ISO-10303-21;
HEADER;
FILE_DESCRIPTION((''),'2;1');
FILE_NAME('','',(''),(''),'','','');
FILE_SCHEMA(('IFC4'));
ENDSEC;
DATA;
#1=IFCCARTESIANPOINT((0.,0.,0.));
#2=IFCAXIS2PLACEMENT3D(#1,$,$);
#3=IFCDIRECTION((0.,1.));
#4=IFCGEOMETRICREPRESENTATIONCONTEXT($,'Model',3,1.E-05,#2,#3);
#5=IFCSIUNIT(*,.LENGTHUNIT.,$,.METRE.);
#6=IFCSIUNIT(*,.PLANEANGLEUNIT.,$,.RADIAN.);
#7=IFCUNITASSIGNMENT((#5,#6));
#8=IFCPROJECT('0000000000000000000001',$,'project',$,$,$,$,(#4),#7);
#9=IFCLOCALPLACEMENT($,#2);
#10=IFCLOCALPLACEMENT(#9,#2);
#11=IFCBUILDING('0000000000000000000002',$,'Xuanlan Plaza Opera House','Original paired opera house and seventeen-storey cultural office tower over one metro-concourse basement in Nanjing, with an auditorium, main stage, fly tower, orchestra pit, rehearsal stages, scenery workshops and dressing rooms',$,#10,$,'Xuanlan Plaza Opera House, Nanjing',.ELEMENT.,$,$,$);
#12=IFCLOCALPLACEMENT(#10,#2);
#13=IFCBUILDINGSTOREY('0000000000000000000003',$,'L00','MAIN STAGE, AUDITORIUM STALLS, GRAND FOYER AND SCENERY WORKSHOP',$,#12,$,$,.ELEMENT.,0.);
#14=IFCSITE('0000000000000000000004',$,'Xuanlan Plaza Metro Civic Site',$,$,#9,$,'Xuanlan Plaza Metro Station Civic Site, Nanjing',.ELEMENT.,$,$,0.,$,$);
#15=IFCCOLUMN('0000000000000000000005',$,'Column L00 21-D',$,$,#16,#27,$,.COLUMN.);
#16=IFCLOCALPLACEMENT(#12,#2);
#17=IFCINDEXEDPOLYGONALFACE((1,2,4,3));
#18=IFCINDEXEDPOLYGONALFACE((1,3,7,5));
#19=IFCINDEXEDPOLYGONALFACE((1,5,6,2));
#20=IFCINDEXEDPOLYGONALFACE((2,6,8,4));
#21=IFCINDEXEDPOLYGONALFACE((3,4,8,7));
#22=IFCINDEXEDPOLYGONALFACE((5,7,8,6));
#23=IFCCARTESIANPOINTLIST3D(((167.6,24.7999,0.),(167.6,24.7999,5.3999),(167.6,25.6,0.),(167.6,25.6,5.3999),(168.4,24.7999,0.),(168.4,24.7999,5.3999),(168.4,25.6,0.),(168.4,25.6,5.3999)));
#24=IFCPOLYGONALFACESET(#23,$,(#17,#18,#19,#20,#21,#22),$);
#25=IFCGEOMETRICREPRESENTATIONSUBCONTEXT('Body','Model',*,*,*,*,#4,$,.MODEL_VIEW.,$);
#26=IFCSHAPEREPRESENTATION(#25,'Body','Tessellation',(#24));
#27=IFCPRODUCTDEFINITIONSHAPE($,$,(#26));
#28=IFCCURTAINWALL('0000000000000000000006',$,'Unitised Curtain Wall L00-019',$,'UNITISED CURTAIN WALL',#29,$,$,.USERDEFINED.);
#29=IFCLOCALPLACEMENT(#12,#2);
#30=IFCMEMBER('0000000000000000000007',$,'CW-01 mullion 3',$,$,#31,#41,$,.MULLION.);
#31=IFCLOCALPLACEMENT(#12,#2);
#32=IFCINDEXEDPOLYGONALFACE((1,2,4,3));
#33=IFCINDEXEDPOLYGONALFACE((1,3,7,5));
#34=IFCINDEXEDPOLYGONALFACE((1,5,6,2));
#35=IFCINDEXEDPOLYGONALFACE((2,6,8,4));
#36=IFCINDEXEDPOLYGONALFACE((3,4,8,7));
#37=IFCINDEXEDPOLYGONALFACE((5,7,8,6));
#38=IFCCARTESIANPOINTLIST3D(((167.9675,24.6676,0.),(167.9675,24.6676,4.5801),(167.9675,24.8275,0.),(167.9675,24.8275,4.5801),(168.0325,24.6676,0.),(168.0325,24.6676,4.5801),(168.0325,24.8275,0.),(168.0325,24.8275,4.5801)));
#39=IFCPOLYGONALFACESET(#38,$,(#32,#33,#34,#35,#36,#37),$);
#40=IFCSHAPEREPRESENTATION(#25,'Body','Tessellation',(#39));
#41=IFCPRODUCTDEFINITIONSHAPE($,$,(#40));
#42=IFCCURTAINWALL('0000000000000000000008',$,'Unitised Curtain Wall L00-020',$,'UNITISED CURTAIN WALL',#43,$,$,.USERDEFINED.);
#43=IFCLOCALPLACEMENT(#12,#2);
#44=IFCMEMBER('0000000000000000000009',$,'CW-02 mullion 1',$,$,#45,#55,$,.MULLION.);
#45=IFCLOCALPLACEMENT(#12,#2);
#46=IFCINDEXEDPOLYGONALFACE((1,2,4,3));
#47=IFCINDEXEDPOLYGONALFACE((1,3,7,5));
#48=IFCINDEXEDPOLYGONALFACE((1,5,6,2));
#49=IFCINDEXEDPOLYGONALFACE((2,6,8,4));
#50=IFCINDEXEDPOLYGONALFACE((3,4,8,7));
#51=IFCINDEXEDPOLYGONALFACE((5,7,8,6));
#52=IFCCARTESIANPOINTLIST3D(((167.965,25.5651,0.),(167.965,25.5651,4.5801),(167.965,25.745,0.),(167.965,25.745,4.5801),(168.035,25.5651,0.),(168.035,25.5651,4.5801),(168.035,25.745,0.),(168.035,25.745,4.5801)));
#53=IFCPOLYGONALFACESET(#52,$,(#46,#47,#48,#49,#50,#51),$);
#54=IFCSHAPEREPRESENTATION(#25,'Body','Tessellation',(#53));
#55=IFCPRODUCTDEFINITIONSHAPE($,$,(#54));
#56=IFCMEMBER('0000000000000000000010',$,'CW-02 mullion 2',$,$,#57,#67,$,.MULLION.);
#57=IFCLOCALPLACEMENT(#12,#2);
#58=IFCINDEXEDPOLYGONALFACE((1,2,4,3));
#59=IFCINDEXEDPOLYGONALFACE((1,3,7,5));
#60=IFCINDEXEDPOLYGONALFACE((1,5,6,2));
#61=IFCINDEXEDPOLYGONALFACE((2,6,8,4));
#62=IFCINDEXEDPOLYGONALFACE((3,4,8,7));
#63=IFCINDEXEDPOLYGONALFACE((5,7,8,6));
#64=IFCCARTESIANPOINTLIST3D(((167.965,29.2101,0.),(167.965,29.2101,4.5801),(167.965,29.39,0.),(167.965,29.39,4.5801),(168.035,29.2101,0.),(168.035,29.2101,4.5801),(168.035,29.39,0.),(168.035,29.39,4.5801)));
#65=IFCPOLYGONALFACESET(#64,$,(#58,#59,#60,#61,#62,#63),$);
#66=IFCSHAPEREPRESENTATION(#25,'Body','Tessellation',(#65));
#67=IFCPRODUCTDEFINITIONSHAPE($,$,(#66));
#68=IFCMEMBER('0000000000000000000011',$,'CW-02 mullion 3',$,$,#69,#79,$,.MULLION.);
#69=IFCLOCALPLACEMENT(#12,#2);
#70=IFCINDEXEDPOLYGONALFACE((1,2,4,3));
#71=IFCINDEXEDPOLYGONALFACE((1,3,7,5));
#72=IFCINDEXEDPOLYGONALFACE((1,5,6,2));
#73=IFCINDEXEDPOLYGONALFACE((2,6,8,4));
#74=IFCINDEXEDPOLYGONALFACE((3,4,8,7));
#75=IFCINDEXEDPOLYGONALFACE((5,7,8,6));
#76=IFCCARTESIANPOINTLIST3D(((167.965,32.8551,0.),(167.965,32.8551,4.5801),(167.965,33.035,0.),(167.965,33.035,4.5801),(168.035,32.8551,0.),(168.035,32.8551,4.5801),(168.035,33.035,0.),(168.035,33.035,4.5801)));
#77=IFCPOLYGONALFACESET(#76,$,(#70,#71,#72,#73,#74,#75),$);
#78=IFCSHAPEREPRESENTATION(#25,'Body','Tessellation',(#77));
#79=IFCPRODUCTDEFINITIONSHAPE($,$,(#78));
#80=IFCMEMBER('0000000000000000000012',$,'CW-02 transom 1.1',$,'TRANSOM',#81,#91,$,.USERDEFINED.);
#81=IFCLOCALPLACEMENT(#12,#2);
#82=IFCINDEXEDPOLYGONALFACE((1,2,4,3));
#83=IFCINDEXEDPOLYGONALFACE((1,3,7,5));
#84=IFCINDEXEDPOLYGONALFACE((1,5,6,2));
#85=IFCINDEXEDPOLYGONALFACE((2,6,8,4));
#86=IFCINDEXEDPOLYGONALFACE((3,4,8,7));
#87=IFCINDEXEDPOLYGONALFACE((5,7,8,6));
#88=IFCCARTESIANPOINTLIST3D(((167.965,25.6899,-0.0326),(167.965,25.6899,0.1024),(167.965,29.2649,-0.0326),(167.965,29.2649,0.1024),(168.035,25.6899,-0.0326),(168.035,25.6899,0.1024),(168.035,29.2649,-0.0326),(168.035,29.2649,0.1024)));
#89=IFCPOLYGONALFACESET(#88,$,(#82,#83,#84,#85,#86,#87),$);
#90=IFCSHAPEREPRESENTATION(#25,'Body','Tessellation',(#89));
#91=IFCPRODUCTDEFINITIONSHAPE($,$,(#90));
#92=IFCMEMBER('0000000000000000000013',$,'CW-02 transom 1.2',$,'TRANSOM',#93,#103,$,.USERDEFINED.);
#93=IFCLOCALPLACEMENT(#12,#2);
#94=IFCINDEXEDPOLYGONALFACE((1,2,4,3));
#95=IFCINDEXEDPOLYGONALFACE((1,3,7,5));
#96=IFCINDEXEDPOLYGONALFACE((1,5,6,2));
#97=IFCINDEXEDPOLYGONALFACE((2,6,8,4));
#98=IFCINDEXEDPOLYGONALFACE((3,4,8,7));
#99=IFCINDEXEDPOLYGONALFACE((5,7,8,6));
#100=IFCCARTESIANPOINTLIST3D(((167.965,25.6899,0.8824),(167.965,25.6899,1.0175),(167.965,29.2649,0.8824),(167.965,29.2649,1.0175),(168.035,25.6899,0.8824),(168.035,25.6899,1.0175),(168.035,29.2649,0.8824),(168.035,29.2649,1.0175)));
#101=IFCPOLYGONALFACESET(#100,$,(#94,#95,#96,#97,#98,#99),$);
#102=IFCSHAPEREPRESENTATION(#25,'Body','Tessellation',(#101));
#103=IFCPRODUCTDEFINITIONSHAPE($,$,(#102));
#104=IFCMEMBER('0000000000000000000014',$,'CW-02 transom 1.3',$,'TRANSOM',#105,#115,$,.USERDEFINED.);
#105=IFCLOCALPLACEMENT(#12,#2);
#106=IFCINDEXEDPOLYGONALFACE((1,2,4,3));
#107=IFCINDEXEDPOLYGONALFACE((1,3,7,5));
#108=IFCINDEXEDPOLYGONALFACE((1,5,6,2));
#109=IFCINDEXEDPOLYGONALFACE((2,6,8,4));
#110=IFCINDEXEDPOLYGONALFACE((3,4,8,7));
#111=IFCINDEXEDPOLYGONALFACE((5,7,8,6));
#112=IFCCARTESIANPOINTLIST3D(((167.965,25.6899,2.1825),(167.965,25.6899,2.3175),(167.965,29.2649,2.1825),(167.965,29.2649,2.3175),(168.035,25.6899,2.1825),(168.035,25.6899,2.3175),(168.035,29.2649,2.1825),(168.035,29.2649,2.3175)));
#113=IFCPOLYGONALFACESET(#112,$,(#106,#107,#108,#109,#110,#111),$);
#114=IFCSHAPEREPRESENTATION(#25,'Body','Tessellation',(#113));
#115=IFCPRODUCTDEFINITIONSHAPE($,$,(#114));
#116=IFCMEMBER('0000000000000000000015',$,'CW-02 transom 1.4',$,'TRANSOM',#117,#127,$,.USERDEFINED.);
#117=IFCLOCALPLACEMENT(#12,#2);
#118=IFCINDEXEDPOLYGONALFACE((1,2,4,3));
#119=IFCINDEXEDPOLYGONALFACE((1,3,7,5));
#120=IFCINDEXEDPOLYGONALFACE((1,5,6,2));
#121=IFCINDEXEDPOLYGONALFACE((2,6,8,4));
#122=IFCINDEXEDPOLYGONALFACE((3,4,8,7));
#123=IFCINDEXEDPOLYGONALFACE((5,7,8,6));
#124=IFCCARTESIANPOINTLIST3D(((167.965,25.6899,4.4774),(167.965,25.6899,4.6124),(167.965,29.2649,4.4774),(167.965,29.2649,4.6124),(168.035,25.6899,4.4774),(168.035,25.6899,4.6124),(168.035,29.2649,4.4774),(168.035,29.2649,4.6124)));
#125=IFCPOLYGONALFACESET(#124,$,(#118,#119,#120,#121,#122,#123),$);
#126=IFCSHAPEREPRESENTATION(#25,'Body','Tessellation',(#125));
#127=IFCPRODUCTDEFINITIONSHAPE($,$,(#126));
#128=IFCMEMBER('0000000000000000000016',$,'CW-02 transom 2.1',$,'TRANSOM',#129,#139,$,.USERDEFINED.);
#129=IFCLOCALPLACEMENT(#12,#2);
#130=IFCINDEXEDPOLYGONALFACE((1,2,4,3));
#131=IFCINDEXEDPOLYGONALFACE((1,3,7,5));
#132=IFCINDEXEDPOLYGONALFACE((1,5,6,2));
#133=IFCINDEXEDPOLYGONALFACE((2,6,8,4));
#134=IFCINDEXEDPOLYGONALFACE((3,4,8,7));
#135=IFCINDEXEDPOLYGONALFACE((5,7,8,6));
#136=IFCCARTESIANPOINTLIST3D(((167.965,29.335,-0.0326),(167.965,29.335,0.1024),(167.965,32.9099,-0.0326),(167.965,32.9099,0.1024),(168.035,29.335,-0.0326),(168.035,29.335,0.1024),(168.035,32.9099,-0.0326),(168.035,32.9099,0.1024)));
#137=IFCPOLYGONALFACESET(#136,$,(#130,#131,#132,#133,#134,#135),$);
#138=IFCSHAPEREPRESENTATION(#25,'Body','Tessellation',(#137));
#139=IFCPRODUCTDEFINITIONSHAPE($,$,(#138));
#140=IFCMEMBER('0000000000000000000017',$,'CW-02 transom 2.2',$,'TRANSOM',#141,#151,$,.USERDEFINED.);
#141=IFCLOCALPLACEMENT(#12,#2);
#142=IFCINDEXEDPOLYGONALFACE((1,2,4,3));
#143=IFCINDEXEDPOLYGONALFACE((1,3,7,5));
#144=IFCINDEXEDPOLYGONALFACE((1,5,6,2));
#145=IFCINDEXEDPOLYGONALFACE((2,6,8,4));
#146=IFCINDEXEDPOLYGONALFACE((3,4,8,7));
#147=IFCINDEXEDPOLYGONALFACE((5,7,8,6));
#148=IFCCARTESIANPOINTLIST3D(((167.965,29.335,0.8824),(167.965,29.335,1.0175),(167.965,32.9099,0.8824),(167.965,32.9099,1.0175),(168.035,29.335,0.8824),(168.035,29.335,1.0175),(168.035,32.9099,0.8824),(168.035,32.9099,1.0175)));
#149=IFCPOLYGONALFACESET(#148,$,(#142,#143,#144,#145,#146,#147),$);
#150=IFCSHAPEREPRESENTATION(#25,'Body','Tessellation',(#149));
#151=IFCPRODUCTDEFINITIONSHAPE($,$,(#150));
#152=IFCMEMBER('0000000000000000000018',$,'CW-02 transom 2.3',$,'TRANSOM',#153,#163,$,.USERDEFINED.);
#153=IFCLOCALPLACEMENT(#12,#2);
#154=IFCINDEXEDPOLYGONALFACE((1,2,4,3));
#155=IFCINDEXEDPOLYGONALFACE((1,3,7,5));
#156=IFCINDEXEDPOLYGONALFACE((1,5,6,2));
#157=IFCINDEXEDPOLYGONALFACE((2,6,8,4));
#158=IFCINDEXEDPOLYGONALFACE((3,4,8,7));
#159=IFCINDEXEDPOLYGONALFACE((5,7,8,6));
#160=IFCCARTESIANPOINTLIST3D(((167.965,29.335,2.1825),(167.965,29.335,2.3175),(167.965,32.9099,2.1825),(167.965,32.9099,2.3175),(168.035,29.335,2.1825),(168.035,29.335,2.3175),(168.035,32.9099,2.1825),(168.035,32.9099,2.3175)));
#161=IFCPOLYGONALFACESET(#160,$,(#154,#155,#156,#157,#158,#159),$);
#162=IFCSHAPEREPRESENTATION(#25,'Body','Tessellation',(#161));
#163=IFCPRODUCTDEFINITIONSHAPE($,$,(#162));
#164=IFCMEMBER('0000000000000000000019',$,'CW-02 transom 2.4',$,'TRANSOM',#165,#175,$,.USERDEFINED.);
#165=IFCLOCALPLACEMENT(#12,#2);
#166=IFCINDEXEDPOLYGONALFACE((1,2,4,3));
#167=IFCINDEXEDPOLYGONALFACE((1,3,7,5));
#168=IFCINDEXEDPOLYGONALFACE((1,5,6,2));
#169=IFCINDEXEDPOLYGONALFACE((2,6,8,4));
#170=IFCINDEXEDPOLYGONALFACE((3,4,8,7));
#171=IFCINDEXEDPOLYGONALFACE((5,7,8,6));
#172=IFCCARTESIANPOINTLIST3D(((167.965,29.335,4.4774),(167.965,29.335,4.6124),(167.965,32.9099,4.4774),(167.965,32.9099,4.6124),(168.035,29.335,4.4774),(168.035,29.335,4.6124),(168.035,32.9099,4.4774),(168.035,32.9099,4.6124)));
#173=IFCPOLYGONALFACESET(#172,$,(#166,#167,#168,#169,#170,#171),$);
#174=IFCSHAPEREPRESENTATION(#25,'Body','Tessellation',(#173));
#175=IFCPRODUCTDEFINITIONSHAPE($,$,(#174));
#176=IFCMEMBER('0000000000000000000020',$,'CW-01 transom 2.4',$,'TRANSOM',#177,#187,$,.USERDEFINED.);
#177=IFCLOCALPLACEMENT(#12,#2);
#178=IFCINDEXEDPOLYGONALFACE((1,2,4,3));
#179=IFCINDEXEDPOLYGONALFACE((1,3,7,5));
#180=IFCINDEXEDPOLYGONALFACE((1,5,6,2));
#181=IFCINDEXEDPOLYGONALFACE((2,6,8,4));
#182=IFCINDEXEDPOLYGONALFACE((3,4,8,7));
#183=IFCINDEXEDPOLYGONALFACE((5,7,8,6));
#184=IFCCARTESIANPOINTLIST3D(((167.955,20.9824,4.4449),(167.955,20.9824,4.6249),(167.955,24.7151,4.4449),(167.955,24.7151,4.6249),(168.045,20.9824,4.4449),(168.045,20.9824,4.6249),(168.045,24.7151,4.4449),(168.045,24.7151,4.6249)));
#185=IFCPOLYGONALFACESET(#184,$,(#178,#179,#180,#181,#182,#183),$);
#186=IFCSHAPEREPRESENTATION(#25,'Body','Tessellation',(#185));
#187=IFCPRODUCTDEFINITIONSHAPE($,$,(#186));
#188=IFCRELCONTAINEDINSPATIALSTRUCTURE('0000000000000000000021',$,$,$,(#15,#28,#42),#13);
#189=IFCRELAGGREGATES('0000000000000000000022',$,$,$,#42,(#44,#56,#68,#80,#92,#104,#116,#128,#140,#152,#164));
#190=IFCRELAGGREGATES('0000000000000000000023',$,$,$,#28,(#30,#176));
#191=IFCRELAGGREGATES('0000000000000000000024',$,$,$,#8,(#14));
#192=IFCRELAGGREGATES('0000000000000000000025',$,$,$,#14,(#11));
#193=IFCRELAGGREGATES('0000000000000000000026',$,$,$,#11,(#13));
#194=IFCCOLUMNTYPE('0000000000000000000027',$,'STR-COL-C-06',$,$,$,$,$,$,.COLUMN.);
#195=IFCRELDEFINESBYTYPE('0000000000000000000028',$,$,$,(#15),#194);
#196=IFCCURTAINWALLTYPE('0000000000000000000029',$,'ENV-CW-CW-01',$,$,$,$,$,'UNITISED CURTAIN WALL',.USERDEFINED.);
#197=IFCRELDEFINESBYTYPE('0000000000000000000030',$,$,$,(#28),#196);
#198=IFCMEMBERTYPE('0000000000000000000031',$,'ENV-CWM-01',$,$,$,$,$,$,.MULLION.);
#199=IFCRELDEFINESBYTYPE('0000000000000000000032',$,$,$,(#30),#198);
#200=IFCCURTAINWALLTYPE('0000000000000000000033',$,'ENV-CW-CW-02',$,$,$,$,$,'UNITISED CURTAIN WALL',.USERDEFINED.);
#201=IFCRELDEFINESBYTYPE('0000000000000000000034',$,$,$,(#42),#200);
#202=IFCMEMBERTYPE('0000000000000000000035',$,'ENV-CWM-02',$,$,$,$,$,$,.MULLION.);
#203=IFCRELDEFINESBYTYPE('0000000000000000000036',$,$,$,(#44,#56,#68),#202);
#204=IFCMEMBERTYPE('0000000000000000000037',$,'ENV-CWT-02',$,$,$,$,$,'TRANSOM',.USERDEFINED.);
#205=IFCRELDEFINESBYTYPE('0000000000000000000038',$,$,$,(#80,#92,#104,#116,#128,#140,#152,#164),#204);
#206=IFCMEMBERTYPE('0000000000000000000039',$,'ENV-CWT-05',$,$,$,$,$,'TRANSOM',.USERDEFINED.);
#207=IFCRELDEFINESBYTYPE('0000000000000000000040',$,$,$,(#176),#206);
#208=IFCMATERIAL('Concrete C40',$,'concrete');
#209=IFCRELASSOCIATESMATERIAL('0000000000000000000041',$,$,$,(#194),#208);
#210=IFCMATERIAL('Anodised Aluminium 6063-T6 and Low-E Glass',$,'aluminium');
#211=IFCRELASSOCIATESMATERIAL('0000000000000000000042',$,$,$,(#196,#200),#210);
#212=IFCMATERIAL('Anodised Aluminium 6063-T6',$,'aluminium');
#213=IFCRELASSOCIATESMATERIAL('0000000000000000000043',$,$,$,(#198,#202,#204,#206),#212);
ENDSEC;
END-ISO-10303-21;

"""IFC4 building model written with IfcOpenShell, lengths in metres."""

from ifc_helpers import new_model, si_unit, direction, frame, origin, origin_2d, place, context, subcontext, project, spatial, rectangle, extrude, material, material_profile, profile_set, type_object, element, aggregate, save


model = new_model("IFC4")

# Units and contexts
model_context = context("Model", 3, precision=1e-05, world=origin(), true_north=direction((0.0, 1.0)))
body_context = subcontext(model_context, "Body", "Model", "MODEL_VIEW")
ifc_project = project(units=[si_unit("LENGTHUNIT", "METRE"), si_unit("PLANEANGLEUNIT", "RADIAN")], contexts=[model_context])

# Site, building, storey
site_placement = place(None, origin())
site = spatial("IfcSite", under=ifc_project, at=site_placement, Name="Xuanlan Plaza Metro Civic Site", LongName="Xuanlan Plaza Metro Station Civic Site, Nanjing", CompositionType="ELEMENT", RefElevation=0.0)
building_placement = place(site_placement, origin())
building = spatial("IfcBuilding", under=site, at=building_placement, Name="Xuanlan Plaza Opera House", Description="Original paired opera house and seventeen-storey cultural office tower over one metro-concourse basement in Nanjing, with an auditorium, main stage, fly tower, orchestra pit, rehearsal stages, scenery workshops and dressing rooms", LongName="Xuanlan Plaza Opera House, Nanjing", CompositionType="ELEMENT")
storey_placement = place(building_placement, origin())
storey = spatial("IfcBuildingStorey", under=building, at=storey_placement, Name="L00", Description="MAIN STAGE, AUDITORIUM STALLS, GRAND FOYER AND SCENERY WORKSHOP", CompositionType="ELEMENT", Elevation=0.0)

# Column
ifc_material_1 = material(Name="Concrete C40", Category="concrete")
ifc_material_profile_1 = material_profile(ifc_material_1, rectangle(XDim=0.8, YDim=0.8, at=origin_2d()), Name="RC-COL 800x800")
ifc_profile_set_1 = profile_set([ifc_material_profile_1], Name="Concrete C40")
column_type = type_object("IfcColumnType", Name="STR-COL-C-06", PredefinedType="COLUMN", material=ifc_profile_set_1)
column_placement = place(storey_placement, frame((168.0, 25.2, 0.0), z_axis=(0.0, 0.0, 1.0), x_axis=(1.0, 0.0, 0.0)))
element("IfcColumn", 1, at=column_placement, inside=storey, type_object=column_type, Name="Column L00 21-D", PredefinedType="COLUMN", context=body_context, shape_type="SweptSolid", body=[
    extrude(rectangle(XDim=0.8, YDim=0.8, at=origin_2d()), origin(), (0.0, 0.0, 1.0), 5.3999),
])

# Curtain wall, member
ifc_material_2 = material(Name="Anodised Aluminium 6063-T6 and Low-E Glass", Category="aluminium")
curtain_wall_type_1 = type_object("IfcCurtainWallType", Name="ENV-CW-CW-01", ElementType="UNITISED CURTAIN WALL", PredefinedType="USERDEFINED", material=ifc_material_2)
curtain_wall_1_placement = place(storey_placement, origin())
curtain_wall_1 = element("IfcCurtainWall", 2, at=curtain_wall_1_placement, inside=storey, type_object=curtain_wall_type_1, Name="Unitised Curtain Wall L00-019", ObjectType="UNITISED CURTAIN WALL", PredefinedType="USERDEFINED")
ifc_material_3 = material(Name="Anodised Aluminium 6063-T6", Category="aluminium")
ifc_material_profile_2 = material_profile(ifc_material_3, rectangle(XDim=0.0649, YDim=0.1599, at=origin_2d()), Name="ALU-M 65x160")
ifc_profile_set_2 = profile_set([ifc_material_profile_2], Name="Anodised Aluminium 6063-T6")
member_type_1 = type_object("IfcMemberType", Name="ENV-CWM-01", PredefinedType="MULLION", material=ifc_profile_set_2)
member_1_placement = place(storey_placement, frame((168.0, 24.7476, 0.0), z_axis=(0.0, 0.0, 1.0), x_axis=(-1.0, 0.0, 0.0)))
member_1 = element("IfcMember", 3, at=member_1_placement, type_object=member_type_1, Name="CW-01 mullion 3", PredefinedType="MULLION", context=body_context, shape_type="SweptSolid", body=[
    extrude(rectangle(XDim=0.0649, YDim=0.1599, at=origin_2d()), origin(), (0.0, 0.0, 1.0), 4.5801),
])

# Curtain wall, members
curtain_wall_type_2 = type_object("IfcCurtainWallType", Name="ENV-CW-CW-02", ElementType="UNITISED CURTAIN WALL", PredefinedType="USERDEFINED", material=ifc_material_2)
curtain_wall_2_placement = place(storey_placement, origin())
curtain_wall_2 = element("IfcCurtainWall", 4, at=curtain_wall_2_placement, inside=storey, type_object=curtain_wall_type_2, Name="Unitised Curtain Wall L00-020", ObjectType="UNITISED CURTAIN WALL", PredefinedType="USERDEFINED")
ifc_material_profile_3 = material_profile(ifc_material_3, rectangle(XDim=0.0701, YDim=0.1799, at=origin_2d()), Name="ALU-M 70x180")
ifc_profile_set_3 = profile_set([ifc_material_profile_3], Name="Anodised Aluminium 6063-T6")
member_type_2 = type_object("IfcMemberType", Name="ENV-CWM-02", PredefinedType="MULLION", material=ifc_profile_set_3)
member_2_placement = place(storey_placement, frame((168.0, 25.655, 0.0), z_axis=(0.0, 0.0, 1.0), x_axis=(-1.0, 0.0, 0.0)))
member_2 = element("IfcMember", 5, at=member_2_placement, type_object=member_type_2, Name="CW-02 mullion 1", PredefinedType="MULLION", context=body_context, shape_type="SweptSolid", body=[
    extrude(rectangle(XDim=0.0701, YDim=0.1799, at=origin_2d()), origin(), (0.0, 0.0, 1.0), 4.5801),
])
member_3_placement = place(storey_placement, frame((168.0, 29.3, 0.0), z_axis=(0.0, 0.0, 1.0), x_axis=(-1.0, 0.0, 0.0)))
member_3 = element("IfcMember", 6, at=member_3_placement, type_object=member_type_2, Name="CW-02 mullion 2", PredefinedType="MULLION", context=body_context, shape_type="SweptSolid", body=[
    extrude(rectangle(XDim=0.0701, YDim=0.1799, at=origin_2d()), origin(), (0.0, 0.0, 1.0), 4.5801),
])
member_4_placement = place(storey_placement, frame((168.0, 32.9451, 0.0), z_axis=(0.0, 0.0, 1.0), x_axis=(-1.0, 0.0, 0.0)))
member_4 = element("IfcMember", 7, at=member_4_placement, type_object=member_type_2, Name="CW-02 mullion 3", PredefinedType="MULLION", context=body_context, shape_type="SweptSolid", body=[
    extrude(rectangle(XDim=0.0701, YDim=0.1799, at=origin_2d()), origin(), (0.0, 0.0, 1.0), 4.5801),
])
ifc_material_profile_4 = material_profile(ifc_material_3, rectangle(XDim=0.0701, YDim=0.135, at=origin_2d()), Name="ALU-T 70x135")
ifc_profile_set_4 = profile_set([ifc_material_profile_4], Name="Anodised Aluminium 6063-T6")
member_type_3 = type_object("IfcMemberType", Name="ENV-CWT-02", ElementType="TRANSOM", PredefinedType="USERDEFINED", material=ifc_profile_set_4)
member_5_placement = place(storey_placement, frame((168.0, 25.6899, 0.0349), z_axis=(0.0, 1.0, 0.0), x_axis=(-1.0, 0.0, 0.0)))
member_5 = element("IfcMember", 8, at=member_5_placement, type_object=member_type_3, Name="CW-02 transom 1.1", ObjectType="TRANSOM", PredefinedType="USERDEFINED", context=body_context, shape_type="SweptSolid", body=[
    extrude(rectangle(XDim=0.0701, YDim=0.135, at=origin_2d()), origin(), (0.0, 0.0, 1.0), 3.575),
])
member_6_placement = place(storey_placement, frame((168.0, 25.6899, 0.95), z_axis=(0.0, 1.0, 0.0), x_axis=(-1.0, 0.0, 0.0)))
member_6 = element("IfcMember", 9, at=member_6_placement, type_object=member_type_3, Name="CW-02 transom 1.2", ObjectType="TRANSOM", PredefinedType="USERDEFINED", context=body_context, shape_type="SweptSolid", body=[
    extrude(rectangle(XDim=0.0701, YDim=0.135, at=origin_2d()), origin(), (0.0, 0.0, 1.0), 3.575),
])
member_7_placement = place(storey_placement, frame((168.0, 25.6899, 2.25), z_axis=(0.0, 1.0, 0.0), x_axis=(-1.0, 0.0, 0.0)))
member_7 = element("IfcMember", 10, at=member_7_placement, type_object=member_type_3, Name="CW-02 transom 1.3", ObjectType="TRANSOM", PredefinedType="USERDEFINED", context=body_context, shape_type="SweptSolid", body=[
    extrude(rectangle(XDim=0.0701, YDim=0.135, at=origin_2d()), origin(), (0.0, 0.0, 1.0), 3.575),
])
member_8_placement = place(storey_placement, frame((168.0, 25.6899, 4.5449), z_axis=(0.0, 1.0, 0.0), x_axis=(-1.0, 0.0, 0.0)))
member_8 = element("IfcMember", 11, at=member_8_placement, type_object=member_type_3, Name="CW-02 transom 1.4", ObjectType="TRANSOM", PredefinedType="USERDEFINED", context=body_context, shape_type="SweptSolid", body=[
    extrude(rectangle(XDim=0.0701, YDim=0.135, at=origin_2d()), origin(), (0.0, 0.0, 1.0), 3.575),
])
member_9_placement = place(storey_placement, frame((168.0, 29.335, 0.0349), z_axis=(0.0, 1.0, 0.0), x_axis=(-1.0, 0.0, 0.0)))
member_9 = element("IfcMember", 12, at=member_9_placement, type_object=member_type_3, Name="CW-02 transom 2.1", ObjectType="TRANSOM", PredefinedType="USERDEFINED", context=body_context, shape_type="SweptSolid", body=[
    extrude(rectangle(XDim=0.0701, YDim=0.135, at=origin_2d()), origin(), (0.0, 0.0, 1.0), 3.575),
])
member_10_placement = place(storey_placement, frame((168.0, 29.335, 0.95), z_axis=(0.0, 1.0, 0.0), x_axis=(-1.0, 0.0, 0.0)))
member_10 = element("IfcMember", 13, at=member_10_placement, type_object=member_type_3, Name="CW-02 transom 2.2", ObjectType="TRANSOM", PredefinedType="USERDEFINED", context=body_context, shape_type="SweptSolid", body=[
    extrude(rectangle(XDim=0.0701, YDim=0.135, at=origin_2d()), origin(), (0.0, 0.0, 1.0), 3.575),
])
member_11_placement = place(storey_placement, frame((168.0, 29.335, 2.25), z_axis=(0.0, 1.0, 0.0), x_axis=(-1.0, 0.0, 0.0)))
member_11 = element("IfcMember", 14, at=member_11_placement, type_object=member_type_3, Name="CW-02 transom 2.3", ObjectType="TRANSOM", PredefinedType="USERDEFINED", context=body_context, shape_type="SweptSolid", body=[
    extrude(rectangle(XDim=0.0701, YDim=0.135, at=origin_2d()), origin(), (0.0, 0.0, 1.0), 3.575),
])
member_12_placement = place(storey_placement, frame((168.0, 29.335, 4.5449), z_axis=(0.0, 1.0, 0.0), x_axis=(-1.0, 0.0, 0.0)))
member_12 = element("IfcMember", 15, at=member_12_placement, type_object=member_type_3, Name="CW-02 transom 2.4", ObjectType="TRANSOM", PredefinedType="USERDEFINED", context=body_context, shape_type="SweptSolid", body=[
    extrude(rectangle(XDim=0.0701, YDim=0.135, at=origin_2d()), origin(), (0.0, 0.0, 1.0), 3.575),
])

# Member
ifc_material_profile_5 = material_profile(ifc_material_3, rectangle(XDim=0.0901, YDim=0.1799, at=origin_2d()), Name="ALU-T 90x180")
ifc_profile_set_5 = profile_set([ifc_material_profile_5], Name="Anodised Aluminium 6063-T6")
member_type_4 = type_object("IfcMemberType", Name="ENV-CWT-05", ElementType="TRANSOM", PredefinedType="USERDEFINED", material=ifc_profile_set_5)
member_13_placement = place(storey_placement, frame((168.0, 20.9824, 4.5349), z_axis=(0.0, 1.0, 0.0), x_axis=(-1.0, 0.0, 0.0)))
member_13 = element("IfcMember", 16, at=member_13_placement, type_object=member_type_4, Name="CW-01 transom 2.4", ObjectType="TRANSOM", PredefinedType="USERDEFINED", context=body_context, shape_type="SweptSolid", body=[
    extrude(rectangle(XDim=0.0901, YDim=0.1799, at=origin_2d()), origin(), (0.0, 0.0, 1.0), 3.7327),
])

aggregate(curtain_wall_2, [member_2, member_3, member_4, member_5, member_6, member_7, member_8, member_9, member_10, member_11, member_12])
aggregate(curtain_wall_1, [member_1, member_13])

save(model, "model.ifc")
